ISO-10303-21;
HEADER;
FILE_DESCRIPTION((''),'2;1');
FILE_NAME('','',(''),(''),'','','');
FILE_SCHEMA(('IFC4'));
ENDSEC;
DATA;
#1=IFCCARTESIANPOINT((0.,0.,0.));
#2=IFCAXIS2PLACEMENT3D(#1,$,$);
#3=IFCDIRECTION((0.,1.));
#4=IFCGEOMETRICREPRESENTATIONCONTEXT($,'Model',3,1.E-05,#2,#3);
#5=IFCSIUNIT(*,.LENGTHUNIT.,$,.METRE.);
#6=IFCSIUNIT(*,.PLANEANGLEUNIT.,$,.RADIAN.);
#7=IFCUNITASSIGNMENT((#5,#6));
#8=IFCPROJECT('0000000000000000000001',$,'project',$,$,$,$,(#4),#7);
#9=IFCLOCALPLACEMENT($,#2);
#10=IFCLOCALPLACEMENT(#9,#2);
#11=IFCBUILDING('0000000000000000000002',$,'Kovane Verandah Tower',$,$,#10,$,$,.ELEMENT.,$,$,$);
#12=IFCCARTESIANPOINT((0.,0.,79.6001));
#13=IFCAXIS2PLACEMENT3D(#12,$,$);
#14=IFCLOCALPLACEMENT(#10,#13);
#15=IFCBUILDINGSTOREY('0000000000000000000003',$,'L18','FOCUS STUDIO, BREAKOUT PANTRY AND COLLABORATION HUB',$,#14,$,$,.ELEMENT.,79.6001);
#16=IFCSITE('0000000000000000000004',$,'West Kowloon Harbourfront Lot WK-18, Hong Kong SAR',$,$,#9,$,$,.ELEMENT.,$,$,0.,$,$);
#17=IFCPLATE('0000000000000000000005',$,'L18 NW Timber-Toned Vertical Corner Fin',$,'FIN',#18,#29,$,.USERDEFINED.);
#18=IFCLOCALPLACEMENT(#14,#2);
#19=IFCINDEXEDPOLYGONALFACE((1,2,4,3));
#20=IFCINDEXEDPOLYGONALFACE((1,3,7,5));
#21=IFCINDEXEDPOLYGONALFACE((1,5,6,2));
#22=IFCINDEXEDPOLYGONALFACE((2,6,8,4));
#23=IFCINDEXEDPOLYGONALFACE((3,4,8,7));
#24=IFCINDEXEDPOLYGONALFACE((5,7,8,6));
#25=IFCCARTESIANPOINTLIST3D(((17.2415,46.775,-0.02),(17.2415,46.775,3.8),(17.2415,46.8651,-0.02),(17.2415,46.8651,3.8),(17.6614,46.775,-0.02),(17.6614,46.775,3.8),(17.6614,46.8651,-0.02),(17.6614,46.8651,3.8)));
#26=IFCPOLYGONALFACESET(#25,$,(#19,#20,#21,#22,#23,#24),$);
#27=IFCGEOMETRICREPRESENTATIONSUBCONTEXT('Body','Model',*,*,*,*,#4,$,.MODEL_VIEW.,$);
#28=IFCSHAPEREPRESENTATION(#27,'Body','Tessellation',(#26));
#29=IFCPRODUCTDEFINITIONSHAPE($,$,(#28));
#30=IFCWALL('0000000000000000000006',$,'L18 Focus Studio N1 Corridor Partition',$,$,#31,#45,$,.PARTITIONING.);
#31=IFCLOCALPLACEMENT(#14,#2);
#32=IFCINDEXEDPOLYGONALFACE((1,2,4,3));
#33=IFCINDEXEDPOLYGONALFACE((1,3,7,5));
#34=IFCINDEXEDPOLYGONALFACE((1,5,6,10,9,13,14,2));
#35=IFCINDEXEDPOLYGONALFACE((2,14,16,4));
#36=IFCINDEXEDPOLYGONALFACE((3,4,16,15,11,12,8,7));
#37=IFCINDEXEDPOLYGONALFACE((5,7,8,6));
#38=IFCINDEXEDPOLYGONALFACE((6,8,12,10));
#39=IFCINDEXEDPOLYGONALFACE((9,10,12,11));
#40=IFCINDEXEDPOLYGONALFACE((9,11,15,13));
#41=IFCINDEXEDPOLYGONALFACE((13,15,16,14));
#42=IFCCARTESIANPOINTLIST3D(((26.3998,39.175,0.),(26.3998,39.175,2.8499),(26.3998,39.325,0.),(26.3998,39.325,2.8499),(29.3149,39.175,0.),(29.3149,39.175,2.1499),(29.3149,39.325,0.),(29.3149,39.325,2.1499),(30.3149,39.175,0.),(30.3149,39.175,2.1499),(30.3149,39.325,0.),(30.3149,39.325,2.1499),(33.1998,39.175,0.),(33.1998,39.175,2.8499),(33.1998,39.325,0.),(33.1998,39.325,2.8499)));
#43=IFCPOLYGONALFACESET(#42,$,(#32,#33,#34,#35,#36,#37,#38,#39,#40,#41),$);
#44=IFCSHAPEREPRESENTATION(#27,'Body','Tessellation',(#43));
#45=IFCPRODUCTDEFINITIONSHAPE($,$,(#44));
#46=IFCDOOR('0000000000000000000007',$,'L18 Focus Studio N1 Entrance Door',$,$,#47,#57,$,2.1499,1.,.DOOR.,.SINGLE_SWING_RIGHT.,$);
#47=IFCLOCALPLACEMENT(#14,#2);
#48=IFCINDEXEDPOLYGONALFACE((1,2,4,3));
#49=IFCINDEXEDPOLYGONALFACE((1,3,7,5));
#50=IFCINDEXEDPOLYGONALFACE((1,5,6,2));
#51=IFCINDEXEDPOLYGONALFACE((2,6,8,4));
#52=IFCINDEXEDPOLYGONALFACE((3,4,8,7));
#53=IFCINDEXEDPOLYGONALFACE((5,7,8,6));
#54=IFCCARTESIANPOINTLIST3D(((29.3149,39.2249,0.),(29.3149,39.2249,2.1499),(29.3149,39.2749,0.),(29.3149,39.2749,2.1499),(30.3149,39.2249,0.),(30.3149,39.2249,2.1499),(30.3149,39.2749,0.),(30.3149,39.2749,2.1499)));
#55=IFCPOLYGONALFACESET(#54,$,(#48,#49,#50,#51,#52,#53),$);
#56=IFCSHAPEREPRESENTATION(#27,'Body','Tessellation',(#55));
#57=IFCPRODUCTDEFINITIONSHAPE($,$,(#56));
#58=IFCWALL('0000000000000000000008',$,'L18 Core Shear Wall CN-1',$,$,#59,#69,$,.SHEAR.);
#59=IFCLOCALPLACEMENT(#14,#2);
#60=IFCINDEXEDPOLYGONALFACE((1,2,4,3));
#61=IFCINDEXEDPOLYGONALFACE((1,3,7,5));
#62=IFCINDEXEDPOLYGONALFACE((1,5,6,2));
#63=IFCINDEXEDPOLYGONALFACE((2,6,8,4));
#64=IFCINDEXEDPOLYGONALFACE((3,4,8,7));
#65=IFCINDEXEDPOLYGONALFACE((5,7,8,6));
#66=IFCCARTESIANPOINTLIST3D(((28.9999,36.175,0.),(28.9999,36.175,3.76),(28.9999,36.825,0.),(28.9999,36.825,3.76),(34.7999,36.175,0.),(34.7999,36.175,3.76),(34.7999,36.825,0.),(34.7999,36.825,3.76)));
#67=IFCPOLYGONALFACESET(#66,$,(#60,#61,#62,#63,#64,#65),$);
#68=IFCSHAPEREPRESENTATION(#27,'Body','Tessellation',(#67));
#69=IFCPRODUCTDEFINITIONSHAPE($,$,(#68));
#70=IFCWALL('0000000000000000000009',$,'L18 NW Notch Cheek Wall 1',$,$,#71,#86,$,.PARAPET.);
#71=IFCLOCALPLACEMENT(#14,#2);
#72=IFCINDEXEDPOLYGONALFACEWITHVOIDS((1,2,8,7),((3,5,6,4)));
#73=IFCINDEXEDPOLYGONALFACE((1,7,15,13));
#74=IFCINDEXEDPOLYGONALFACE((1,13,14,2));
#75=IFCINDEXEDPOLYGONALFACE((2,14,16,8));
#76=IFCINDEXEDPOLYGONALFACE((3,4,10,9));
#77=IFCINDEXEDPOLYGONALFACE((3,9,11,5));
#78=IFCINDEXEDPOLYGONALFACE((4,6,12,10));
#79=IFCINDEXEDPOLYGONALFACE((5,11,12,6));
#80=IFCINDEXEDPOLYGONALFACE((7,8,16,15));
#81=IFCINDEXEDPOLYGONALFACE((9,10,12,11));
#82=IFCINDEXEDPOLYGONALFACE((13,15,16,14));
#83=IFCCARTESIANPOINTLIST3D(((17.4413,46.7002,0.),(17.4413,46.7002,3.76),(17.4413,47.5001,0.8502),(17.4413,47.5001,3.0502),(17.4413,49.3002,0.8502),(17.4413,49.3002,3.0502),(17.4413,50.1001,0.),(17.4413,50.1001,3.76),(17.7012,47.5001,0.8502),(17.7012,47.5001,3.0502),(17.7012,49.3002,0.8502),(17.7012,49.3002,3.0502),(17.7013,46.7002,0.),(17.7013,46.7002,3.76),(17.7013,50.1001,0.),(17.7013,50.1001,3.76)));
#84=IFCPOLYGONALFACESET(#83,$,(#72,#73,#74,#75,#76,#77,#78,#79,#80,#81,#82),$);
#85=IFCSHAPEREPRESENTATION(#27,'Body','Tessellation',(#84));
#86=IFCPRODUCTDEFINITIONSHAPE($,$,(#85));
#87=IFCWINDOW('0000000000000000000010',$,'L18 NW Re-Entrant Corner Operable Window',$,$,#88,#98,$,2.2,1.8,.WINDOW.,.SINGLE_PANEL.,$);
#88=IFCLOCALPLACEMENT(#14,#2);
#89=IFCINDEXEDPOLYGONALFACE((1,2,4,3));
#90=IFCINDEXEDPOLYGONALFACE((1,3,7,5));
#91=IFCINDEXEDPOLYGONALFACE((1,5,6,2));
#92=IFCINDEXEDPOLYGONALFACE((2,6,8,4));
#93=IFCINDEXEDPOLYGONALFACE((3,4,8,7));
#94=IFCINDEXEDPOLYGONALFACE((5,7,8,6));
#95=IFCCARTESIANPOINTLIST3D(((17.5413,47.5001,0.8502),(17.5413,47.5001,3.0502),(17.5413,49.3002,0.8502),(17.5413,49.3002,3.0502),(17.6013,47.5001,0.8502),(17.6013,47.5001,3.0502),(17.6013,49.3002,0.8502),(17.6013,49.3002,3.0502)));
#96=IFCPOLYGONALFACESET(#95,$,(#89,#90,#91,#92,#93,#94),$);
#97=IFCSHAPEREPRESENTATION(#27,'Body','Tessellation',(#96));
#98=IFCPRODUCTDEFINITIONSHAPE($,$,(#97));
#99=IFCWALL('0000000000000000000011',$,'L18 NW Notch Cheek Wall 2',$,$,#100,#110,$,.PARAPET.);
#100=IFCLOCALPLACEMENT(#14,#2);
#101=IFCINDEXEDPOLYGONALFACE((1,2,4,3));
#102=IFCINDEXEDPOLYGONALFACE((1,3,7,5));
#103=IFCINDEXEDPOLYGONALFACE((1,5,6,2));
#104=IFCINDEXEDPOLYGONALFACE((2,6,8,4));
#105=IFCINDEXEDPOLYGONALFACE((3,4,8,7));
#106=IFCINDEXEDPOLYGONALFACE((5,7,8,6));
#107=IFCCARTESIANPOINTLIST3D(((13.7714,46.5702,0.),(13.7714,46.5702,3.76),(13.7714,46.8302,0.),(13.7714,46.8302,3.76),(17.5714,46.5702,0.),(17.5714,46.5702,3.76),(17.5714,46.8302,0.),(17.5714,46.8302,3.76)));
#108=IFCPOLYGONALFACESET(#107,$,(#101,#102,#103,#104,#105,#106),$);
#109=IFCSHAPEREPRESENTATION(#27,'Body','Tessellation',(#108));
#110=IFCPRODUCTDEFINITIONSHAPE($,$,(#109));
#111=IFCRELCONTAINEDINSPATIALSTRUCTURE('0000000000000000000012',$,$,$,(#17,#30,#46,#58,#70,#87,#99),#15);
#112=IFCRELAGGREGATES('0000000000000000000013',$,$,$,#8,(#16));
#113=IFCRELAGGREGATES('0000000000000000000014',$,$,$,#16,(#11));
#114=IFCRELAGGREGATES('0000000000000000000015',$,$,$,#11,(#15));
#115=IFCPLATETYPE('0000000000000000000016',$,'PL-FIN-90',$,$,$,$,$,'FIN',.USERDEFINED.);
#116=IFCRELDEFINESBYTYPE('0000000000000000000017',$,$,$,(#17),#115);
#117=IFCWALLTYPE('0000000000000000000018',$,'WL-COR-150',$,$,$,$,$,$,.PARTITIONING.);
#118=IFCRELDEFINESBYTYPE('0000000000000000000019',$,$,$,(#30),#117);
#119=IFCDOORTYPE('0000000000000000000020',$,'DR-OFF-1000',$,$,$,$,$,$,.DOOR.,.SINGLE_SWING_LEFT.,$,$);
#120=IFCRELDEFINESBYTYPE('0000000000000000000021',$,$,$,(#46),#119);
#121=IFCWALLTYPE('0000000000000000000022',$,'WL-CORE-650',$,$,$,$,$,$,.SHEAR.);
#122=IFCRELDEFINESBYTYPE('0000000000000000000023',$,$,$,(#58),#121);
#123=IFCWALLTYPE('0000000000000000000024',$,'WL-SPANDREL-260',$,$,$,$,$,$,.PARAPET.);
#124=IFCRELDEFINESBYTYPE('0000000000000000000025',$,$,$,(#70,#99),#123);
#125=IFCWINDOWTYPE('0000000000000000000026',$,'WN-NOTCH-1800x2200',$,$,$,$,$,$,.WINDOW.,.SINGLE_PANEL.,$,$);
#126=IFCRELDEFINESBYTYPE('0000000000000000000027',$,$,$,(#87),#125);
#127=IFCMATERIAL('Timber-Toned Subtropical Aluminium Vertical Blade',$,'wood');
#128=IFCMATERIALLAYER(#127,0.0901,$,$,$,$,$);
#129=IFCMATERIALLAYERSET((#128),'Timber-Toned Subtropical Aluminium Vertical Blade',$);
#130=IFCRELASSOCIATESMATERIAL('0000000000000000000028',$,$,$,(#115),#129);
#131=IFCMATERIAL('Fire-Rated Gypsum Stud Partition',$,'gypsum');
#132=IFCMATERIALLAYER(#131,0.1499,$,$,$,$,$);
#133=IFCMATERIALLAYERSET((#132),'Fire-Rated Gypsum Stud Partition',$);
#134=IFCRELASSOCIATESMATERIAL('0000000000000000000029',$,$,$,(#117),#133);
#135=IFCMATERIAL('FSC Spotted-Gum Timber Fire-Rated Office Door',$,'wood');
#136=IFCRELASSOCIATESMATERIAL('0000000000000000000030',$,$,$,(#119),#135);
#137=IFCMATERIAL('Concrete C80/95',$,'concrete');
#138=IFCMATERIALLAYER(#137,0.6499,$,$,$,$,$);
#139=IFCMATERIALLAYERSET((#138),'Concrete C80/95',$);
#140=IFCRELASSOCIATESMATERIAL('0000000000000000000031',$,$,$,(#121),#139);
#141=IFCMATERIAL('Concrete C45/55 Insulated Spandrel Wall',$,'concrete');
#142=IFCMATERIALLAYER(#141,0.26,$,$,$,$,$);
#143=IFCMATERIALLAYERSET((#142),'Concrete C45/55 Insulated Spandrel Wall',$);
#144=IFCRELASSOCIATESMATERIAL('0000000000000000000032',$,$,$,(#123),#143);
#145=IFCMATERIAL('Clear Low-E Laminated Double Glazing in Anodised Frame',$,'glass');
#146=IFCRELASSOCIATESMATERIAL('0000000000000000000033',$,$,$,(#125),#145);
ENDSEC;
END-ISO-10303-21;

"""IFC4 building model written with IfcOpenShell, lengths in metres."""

from ifc_helpers import new_model, si_unit, direction, frame, frame_2d, origin, origin_2d, place, context, subcontext, project, spatial, rectangle, extrude, material, layer, layer_set, type_object, element, fill, save


model = new_model("IFC4")

# Units and contexts
model_context = context("Model", 3, precision=1e-05, world=origin(), true_north=direction((0.0, 1.0)))
body_context = subcontext(model_context, "Body", "Model", "MODEL_VIEW")
ifc_project = project(units=[si_unit("LENGTHUNIT", "METRE"), si_unit("PLANEANGLEUNIT", "RADIAN")], contexts=[model_context])

# Site, building, storey
site_placement = place(None, origin())
site = spatial("IfcSite", under=ifc_project, at=site_placement, Name="West Kowloon Harbourfront Lot WK-18, Hong Kong SAR", CompositionType="ELEMENT", RefElevation=0.0)
building_placement = place(site_placement, origin())
building = spatial("IfcBuilding", under=site, at=building_placement, Name="Kovane Verandah Tower", CompositionType="ELEMENT")
storey_placement = place(building_placement, frame((0.0, 0.0, 79.6001)))
storey = spatial("IfcBuildingStorey", under=building, at=storey_placement, Name="L18", Description="FOCUS STUDIO, BREAKOUT PANTRY AND COLLABORATION HUB", CompositionType="ELEMENT", Elevation=79.6001)

# Shared definitions
ifc_material_1 = material(Name="Concrete C80/95", Category="concrete")

# Plate
ifc_material_2 = material(Name="Timber-Toned Subtropical Aluminium Vertical Blade", Category="wood")
ifc_layer_1 = layer(ifc_material_2, 0.0901)
ifc_layer_set_1 = layer_set([ifc_layer_1], Name="Timber-Toned Subtropical Aluminium Vertical Blade")
plate_type = type_object("IfcPlateType", Name="PL-FIN-90", ElementType="FIN", PredefinedType="USERDEFINED", material=ifc_layer_set_1)
plate_placement = place(storey_placement, frame((17.4514, 46.8201, -0.02), z_axis=(0.0, 0.0, 1.0), x_axis=(1.0, 0.0, 0.0)))
element("IfcPlate", 1, at=plate_placement, inside=storey, type_object=plate_type, Name="L18 NW Timber-Toned Vertical Corner Fin", ObjectType="FIN", PredefinedType="USERDEFINED", context=body_context, shape_type="SweptSolid", body=[
    extrude(rectangle(XDim=0.4199, YDim=0.0901, at=origin_2d()), origin(), (0.0, 0.0, 1.0), 3.8201),
])

# Wall, opening, door
ifc_material_3 = material(Name="Fire-Rated Gypsum Stud Partition", Category="gypsum")
ifc_layer_2 = layer(ifc_material_3, 0.1499)
ifc_layer_set_2 = layer_set([ifc_layer_2], Name="Fire-Rated Gypsum Stud Partition")
wall_type_1 = type_object("IfcWallType", Name="WL-COR-150", PredefinedType="PARTITIONING", material=ifc_layer_set_2)
wall_1_placement = place(storey_placement, frame((26.3999, 39.25, 0.0), z_axis=(0.0, 0.0, 1.0), x_axis=(1.0, 0.0, 0.0)))
wall_1 = element("IfcWall", 2, at=wall_1_placement, inside=storey, type_object=wall_type_1, Name="L18 Focus Studio N1 Corridor Partition", PredefinedType="PARTITIONING", context=body_context, shape_type="SweptSolid", body=[
    extrude(rectangle(XDim=6.8, YDim=0.1499, at=frame_2d((3.3999, 0.0))), origin(), (0.0, 0.0, 1.0), 2.8499),
])
opening_1_placement = place(wall_1_placement, frame((2.915, 0.0, 0.0)))
opening_1 = element("IfcOpeningElement", 3, at=opening_1_placement, cuts=wall_1, PredefinedType="OPENING", context=body_context, shape_type="SweptSolid", body=[
    extrude(rectangle(XDim=1.0, YDim=2.1499, at=frame_2d((0.5, 1.075))), frame((0.0, 0.075, 0.0), z_axis=(0.0, -1.0, 0.0), x_axis=(1.0, 0.0, 0.0)), (0.0, 0.0, 1.0), 0.1499),
])
ifc_material_4 = material(Name="FSC Spotted-Gum Timber Fire-Rated Office Door", Category="wood")
door_type_1 = type_object("IfcDoorType", Name="DR-OFF-1000", OperationType="SINGLE_SWING_LEFT", PredefinedType="DOOR", material=ifc_material_4)
door_1_placement = place(opening_1_placement, origin())
door_1 = element("IfcDoor", 4, at=door_1_placement, inside=storey, type_object=door_type_1, Name="L18 Focus Studio N1 Entrance Door", OperationType="SINGLE_SWING_RIGHT", OverallHeight=2.1499, OverallWidth=1.0, PredefinedType="DOOR", context=body_context, shape_type="SweptSolid", body=[
    extrude(rectangle(XDim=1.0, YDim=2.1499, at=frame_2d((0.5, 1.075))), frame((0.0, 0.0249, 0.0), z_axis=(0.0, -1.0, 0.0), x_axis=(1.0, 0.0, 0.0)), (0.0, 0.0, 1.0), 0.05),
])
fill(opening_1, door_1)

# Wall
ifc_layer_3 = layer(ifc_material_1, 0.6499)
ifc_layer_set_3 = layer_set([ifc_layer_3], Name="Concrete C80/95")
wall_type_2 = type_object("IfcWallType", Name="WL-CORE-650", PredefinedType="SHEAR", material=ifc_layer_set_3)
wall_2_placement = place(storey_placement, frame((29.0, 36.5, 0.0), z_axis=(0.0, 0.0, 1.0), x_axis=(1.0, 0.0, 0.0)))
element("IfcWall", 5, at=wall_2_placement, inside=storey, type_object=wall_type_2, Name="L18 Core Shear Wall CN-1", PredefinedType="SHEAR", context=body_context, shape_type="SweptSolid", body=[
    extrude(rectangle(XDim=5.8, YDim=0.6499, at=frame_2d((2.8999, 0.0))), origin(), (0.0, 0.0, 1.0), 3.76),
])

# Shared definitions
ifc_material_5 = material(Name="Concrete C45/55 Insulated Spandrel Wall", Category="concrete")
ifc_layer_4 = layer(ifc_material_5, 0.26)
ifc_layer_set_4 = layer_set([ifc_layer_4], Name="Concrete C45/55 Insulated Spandrel Wall")
wall_type_3 = type_object("IfcWallType", Name="WL-SPANDREL-260", PredefinedType="PARAPET", material=ifc_layer_set_4)
ifc_material_6 = material(Name="Clear Low-E Laminated Double Glazing in Anodised Frame", Category="glass")
window_type = type_object("IfcWindowType", Name="WN-NOTCH-1800x2200", PartitioningType="SINGLE_PANEL", PredefinedType="WINDOW", material=ifc_material_6)

# Wall, opening, window
wall_3_placement = place(storey_placement, frame((17.5713, 50.1001, 0.0), z_axis=(0.0, 0.0, 1.0), x_axis=(0.0, -1.0, 0.0)))
wall_3 = element("IfcWall", 6, at=wall_3_placement, inside=storey, type_object=wall_type_3, Name="L18 NW Notch Cheek Wall 1", PredefinedType="PARAPET", context=body_context, shape_type="SweptSolid", body=[
    extrude(rectangle(XDim=3.3999, YDim=0.26, at=frame_2d((1.7, 0.0))), origin(), (0.0, 0.0, 1.0), 3.76),
])
opening_2_placement = place(wall_3_placement, frame((0.8, 0.0, 0.8501)))
opening_2 = element("IfcOpeningElement", 7, at=opening_2_placement, cuts=wall_3, PredefinedType="OPENING", context=body_context, shape_type="SweptSolid", body=[
    extrude(rectangle(XDim=1.8, YDim=2.2, at=frame_2d((0.8999, 1.1001))), frame((0.0, 0.1299, 0.0), z_axis=(0.0, -1.0, 0.0), x_axis=(1.0, 0.0, 0.0)), (0.0, 0.0, 1.0), 0.26),
])
window_1_placement = place(opening_2_placement, origin())
window_1 = element("IfcWindow", 8, at=window_1_placement, inside=storey, type_object=window_type, Name="L18 NW Re-Entrant Corner Operable Window", OverallHeight=2.2, OverallWidth=1.8, PartitioningType="SINGLE_PANEL", PredefinedType="WINDOW", context=body_context, shape_type="SweptSolid", body=[
    extrude(rectangle(XDim=1.8, YDim=2.2, at=frame_2d((0.8999, 1.1001))), frame((0.0, 0.03, 0.0), z_axis=(0.0, -1.0, 0.0), x_axis=(1.0, 0.0, 0.0)), (0.0, 0.0, 1.0), 0.0601),
])
fill(opening_2, window_1)

# Wall
wall_4_placement = place(storey_placement, frame((17.5713, 46.7002, 0.0), z_axis=(0.0, 0.0, 1.0), x_axis=(-1.0, 0.0, 0.0)))
element("IfcWall", 9, at=wall_4_placement, inside=storey, type_object=wall_type_3, Name="L18 NW Notch Cheek Wall 2", PredefinedType="PARAPET", context=body_context, shape_type="SweptSolid", body=[
    extrude(rectangle(XDim=3.8, YDim=0.26, at=frame_2d((1.8999, 0.0))), origin(), (0.0, 0.0, 1.0), 3.76),
])

save(model, "model.ifc")
